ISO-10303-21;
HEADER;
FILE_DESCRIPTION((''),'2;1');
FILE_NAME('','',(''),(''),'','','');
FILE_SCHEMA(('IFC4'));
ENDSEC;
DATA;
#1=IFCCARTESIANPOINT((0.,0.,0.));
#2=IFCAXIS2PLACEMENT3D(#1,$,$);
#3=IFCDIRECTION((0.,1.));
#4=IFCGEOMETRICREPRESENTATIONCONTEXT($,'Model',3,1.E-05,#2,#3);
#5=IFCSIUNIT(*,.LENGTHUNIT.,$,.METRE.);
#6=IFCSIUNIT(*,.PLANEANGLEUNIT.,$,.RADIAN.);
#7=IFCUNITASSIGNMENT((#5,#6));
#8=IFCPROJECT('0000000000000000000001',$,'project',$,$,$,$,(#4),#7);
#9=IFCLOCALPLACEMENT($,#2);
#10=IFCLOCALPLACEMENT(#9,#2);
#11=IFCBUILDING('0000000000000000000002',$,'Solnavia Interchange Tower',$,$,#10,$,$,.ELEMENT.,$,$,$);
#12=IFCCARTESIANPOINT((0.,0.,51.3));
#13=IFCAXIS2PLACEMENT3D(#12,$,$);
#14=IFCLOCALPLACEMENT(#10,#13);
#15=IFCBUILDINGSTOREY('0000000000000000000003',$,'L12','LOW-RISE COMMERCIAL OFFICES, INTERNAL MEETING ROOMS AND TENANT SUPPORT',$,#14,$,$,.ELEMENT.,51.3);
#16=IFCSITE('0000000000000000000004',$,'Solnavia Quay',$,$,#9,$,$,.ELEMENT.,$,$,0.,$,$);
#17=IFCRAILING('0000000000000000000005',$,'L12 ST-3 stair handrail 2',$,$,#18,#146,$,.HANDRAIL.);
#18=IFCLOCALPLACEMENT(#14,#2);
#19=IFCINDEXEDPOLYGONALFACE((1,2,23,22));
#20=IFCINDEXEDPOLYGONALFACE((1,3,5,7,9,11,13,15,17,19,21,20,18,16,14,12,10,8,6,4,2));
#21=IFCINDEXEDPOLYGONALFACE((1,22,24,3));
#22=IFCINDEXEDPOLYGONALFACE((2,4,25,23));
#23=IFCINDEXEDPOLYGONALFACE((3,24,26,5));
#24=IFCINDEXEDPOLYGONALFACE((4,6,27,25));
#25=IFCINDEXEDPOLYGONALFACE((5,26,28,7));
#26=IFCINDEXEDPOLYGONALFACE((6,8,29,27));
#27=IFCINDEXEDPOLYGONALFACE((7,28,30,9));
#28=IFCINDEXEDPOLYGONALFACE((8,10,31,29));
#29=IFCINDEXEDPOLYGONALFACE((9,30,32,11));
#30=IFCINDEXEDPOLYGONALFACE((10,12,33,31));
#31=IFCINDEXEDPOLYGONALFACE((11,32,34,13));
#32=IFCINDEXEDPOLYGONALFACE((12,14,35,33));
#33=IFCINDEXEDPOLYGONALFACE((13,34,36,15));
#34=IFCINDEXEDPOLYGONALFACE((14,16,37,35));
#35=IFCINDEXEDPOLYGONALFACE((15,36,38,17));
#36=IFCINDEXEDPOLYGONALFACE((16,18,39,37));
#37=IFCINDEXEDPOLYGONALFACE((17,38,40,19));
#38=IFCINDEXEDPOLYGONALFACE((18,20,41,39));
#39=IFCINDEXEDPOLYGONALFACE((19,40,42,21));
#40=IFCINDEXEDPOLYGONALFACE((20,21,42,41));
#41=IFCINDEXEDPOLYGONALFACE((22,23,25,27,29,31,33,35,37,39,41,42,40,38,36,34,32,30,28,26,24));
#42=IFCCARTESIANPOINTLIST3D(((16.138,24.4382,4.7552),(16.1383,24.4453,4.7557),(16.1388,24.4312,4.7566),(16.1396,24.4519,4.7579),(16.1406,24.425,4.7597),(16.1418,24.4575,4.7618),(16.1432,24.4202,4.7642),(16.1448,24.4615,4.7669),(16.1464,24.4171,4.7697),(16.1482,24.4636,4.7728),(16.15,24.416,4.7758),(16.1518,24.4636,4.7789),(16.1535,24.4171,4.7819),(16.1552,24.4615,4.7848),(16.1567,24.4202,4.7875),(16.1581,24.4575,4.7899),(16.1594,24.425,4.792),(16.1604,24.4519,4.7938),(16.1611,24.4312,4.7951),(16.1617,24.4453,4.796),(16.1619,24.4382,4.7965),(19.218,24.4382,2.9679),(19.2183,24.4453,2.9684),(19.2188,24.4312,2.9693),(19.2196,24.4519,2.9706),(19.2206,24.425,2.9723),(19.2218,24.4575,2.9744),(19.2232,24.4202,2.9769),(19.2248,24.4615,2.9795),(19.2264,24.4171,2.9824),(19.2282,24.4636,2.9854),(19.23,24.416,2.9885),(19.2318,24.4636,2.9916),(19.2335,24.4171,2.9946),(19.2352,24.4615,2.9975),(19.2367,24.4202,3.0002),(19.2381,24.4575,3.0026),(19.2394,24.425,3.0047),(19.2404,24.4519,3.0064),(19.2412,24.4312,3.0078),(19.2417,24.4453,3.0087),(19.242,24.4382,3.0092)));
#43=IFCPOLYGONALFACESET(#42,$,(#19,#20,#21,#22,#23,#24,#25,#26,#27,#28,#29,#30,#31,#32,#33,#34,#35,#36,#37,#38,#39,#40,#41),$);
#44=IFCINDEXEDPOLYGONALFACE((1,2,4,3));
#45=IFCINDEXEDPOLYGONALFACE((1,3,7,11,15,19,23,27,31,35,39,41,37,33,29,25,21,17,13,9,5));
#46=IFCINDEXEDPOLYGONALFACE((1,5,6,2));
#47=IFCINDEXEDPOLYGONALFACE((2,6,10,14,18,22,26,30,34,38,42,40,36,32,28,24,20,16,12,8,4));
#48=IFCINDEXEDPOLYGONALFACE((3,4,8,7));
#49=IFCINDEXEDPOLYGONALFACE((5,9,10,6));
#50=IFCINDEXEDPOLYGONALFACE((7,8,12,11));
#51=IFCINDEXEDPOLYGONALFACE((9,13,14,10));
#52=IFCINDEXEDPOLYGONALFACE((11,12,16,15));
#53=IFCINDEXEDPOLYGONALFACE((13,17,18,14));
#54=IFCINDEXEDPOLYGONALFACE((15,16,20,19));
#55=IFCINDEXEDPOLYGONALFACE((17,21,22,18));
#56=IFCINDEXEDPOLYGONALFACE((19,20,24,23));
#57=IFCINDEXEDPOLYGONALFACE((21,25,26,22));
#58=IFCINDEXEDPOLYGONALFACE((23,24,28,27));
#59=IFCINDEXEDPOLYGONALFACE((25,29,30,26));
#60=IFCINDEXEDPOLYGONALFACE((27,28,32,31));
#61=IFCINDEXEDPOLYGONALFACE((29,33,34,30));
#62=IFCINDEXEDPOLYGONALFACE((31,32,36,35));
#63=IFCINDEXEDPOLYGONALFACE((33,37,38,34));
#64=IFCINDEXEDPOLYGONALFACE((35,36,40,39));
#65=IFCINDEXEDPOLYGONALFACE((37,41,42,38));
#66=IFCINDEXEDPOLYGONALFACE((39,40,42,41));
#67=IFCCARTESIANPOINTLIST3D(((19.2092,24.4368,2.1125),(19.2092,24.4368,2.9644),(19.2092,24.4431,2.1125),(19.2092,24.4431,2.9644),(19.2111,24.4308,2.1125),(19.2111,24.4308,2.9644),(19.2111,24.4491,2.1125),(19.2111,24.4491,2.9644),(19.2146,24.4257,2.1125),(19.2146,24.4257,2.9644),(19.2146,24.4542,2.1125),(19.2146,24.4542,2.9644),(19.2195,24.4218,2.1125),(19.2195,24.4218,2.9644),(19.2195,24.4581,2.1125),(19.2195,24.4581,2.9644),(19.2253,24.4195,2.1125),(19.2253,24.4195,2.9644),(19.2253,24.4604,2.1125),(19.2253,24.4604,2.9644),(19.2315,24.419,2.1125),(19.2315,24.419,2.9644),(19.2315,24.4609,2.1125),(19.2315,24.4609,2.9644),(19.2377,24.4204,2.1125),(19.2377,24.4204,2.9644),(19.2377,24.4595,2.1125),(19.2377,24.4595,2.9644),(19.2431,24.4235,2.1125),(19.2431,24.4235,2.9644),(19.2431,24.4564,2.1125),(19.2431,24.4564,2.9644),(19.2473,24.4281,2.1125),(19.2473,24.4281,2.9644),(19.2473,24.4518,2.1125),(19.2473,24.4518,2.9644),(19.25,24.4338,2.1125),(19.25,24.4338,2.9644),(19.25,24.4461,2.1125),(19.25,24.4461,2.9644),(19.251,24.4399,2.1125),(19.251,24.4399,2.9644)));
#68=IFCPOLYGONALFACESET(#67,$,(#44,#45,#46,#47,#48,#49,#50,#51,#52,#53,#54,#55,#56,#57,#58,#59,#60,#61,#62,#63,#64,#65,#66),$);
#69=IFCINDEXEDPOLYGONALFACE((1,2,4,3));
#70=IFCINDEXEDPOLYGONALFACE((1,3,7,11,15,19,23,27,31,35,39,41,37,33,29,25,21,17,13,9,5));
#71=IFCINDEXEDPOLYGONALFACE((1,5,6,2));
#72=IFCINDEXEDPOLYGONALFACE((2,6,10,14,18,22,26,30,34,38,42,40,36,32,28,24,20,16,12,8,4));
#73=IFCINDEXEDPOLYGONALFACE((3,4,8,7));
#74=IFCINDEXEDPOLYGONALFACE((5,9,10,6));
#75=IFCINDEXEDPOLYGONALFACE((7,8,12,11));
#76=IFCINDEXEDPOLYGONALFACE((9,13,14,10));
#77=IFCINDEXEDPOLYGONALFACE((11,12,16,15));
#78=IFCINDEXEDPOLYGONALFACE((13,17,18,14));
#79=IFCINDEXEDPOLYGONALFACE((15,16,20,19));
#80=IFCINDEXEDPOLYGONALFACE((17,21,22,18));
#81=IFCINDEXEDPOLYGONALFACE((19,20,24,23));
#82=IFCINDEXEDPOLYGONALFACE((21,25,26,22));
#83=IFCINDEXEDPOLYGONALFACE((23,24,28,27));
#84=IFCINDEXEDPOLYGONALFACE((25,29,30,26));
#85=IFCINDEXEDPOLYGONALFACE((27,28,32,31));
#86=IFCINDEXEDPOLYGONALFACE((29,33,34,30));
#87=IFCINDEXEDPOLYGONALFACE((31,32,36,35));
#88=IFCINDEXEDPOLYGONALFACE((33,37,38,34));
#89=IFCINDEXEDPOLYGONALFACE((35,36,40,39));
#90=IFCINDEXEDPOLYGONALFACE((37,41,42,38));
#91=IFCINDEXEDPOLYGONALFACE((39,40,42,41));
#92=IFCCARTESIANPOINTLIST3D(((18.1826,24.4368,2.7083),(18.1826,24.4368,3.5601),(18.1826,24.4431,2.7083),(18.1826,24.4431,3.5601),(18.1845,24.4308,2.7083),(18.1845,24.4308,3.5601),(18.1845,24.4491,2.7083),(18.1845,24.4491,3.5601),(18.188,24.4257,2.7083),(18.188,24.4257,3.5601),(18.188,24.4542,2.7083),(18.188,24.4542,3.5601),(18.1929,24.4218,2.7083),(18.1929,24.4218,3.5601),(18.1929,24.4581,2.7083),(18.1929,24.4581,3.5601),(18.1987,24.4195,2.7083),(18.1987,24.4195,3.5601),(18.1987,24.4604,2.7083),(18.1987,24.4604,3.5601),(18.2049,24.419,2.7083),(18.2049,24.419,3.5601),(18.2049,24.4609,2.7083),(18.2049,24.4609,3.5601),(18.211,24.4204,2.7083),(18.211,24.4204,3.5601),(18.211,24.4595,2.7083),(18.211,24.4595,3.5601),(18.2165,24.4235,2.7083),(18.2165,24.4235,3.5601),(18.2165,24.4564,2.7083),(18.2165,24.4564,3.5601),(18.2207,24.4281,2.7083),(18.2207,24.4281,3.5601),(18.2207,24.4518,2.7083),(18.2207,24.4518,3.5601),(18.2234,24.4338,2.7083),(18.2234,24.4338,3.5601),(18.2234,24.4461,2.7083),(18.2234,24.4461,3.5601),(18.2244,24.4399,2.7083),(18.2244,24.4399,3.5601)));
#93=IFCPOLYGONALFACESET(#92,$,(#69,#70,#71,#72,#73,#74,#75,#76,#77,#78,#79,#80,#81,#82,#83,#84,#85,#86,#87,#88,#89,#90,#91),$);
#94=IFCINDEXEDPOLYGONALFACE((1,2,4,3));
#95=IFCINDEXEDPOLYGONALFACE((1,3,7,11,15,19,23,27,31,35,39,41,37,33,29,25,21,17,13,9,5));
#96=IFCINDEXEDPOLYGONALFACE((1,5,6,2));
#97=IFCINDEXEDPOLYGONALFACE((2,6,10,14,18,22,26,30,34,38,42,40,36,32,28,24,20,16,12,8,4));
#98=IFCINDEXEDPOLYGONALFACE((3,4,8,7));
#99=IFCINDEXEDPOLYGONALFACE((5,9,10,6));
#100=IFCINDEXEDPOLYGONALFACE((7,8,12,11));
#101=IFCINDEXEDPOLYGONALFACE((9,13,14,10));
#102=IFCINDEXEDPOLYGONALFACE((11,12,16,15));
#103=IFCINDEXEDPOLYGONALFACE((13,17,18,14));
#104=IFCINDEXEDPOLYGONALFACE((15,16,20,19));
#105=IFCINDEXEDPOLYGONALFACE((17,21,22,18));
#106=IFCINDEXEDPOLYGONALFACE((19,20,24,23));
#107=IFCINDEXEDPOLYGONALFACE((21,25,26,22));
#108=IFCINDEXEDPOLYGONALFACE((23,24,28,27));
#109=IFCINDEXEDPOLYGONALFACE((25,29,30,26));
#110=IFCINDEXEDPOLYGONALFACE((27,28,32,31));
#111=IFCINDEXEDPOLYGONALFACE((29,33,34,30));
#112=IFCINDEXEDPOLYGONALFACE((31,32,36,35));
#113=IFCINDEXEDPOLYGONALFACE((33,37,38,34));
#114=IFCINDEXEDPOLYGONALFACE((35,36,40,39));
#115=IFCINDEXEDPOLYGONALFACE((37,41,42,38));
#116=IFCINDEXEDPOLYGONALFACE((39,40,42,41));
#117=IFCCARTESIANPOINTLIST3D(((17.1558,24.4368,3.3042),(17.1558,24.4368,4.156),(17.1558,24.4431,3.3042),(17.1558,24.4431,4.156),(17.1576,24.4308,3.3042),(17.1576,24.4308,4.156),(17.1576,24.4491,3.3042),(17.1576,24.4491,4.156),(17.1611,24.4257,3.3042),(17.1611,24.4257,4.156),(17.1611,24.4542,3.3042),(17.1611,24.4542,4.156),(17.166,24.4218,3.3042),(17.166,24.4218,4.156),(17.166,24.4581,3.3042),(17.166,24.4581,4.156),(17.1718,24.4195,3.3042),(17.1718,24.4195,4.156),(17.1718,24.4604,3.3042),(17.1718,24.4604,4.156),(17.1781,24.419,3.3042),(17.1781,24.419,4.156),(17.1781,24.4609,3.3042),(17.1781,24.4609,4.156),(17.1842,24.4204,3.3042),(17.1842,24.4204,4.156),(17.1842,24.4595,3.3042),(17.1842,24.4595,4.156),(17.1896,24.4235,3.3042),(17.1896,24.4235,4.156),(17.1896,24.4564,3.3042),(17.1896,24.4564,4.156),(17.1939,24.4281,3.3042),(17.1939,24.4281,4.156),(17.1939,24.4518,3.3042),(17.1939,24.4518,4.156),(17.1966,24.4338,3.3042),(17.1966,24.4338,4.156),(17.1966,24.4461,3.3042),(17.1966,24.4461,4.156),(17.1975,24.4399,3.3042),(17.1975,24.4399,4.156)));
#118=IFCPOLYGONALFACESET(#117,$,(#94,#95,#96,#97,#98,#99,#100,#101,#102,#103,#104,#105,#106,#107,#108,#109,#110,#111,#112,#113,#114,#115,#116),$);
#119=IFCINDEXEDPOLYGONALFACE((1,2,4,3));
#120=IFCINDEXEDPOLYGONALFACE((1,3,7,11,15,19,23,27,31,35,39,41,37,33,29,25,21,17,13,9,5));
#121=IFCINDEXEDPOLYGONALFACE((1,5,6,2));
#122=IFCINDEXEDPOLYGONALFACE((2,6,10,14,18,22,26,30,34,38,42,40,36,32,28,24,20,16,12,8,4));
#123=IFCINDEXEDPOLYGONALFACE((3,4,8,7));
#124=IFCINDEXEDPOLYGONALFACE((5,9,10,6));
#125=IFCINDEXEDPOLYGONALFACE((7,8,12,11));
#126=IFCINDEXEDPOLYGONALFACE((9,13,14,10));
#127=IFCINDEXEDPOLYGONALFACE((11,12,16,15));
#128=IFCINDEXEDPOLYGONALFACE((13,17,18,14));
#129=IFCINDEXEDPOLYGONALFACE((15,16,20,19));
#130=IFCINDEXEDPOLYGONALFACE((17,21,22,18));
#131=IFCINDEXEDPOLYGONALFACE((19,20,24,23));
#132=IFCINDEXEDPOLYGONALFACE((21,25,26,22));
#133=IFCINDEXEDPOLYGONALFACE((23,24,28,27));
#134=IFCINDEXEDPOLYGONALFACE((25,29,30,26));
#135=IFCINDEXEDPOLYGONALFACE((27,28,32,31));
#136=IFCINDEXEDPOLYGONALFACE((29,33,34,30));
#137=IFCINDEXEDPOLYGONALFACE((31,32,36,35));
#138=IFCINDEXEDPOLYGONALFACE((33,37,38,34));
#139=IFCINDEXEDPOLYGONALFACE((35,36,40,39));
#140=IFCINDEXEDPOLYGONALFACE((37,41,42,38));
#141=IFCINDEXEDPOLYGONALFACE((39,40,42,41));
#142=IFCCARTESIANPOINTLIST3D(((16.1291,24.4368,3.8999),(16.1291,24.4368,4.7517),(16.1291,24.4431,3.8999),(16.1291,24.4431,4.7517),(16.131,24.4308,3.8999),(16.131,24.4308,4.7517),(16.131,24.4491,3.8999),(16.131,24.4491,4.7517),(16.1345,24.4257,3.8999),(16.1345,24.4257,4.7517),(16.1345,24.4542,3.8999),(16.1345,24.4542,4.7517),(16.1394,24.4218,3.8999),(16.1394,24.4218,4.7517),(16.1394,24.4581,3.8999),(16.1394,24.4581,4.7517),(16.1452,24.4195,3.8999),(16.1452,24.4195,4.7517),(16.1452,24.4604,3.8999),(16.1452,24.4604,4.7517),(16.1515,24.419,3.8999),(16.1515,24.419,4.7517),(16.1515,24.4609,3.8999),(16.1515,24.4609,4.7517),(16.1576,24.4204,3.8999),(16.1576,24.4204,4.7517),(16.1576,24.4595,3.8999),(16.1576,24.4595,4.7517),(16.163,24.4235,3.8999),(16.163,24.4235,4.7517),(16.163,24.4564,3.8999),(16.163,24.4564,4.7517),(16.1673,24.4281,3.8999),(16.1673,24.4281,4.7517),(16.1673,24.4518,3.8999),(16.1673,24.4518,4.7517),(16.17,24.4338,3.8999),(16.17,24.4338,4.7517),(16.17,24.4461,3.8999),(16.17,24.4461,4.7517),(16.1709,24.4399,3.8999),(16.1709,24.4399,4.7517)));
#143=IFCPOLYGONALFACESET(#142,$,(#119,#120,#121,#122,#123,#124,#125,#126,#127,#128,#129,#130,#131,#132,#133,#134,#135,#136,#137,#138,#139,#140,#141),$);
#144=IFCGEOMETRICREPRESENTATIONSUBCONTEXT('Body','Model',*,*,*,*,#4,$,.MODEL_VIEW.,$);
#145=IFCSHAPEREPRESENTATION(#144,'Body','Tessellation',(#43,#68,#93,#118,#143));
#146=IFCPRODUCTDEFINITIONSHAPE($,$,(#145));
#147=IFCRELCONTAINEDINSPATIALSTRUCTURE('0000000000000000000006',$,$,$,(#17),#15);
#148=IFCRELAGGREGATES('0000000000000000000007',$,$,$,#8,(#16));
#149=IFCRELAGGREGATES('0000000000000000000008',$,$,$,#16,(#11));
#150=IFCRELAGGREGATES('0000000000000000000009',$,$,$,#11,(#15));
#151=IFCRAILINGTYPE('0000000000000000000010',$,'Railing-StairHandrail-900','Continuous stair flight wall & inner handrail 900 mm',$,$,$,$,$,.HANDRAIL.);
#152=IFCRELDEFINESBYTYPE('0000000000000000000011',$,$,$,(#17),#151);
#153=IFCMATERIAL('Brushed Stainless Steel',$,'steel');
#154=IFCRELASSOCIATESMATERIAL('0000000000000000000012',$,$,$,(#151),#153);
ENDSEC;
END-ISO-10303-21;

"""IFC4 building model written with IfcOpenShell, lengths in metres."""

from ifc_helpers import new_model, si_unit, direction, frame, origin, origin_2d, place, context, subcontext, project, spatial, circle, extrude, material, type_object, element, save


model = new_model("IFC4")

# Units and contexts
model_context = context("Model", 3, precision=1e-05, world=origin(), true_north=direction((0.0, 1.0)))
body_context = subcontext(model_context, "Body", "Model", "MODEL_VIEW")
ifc_project = project(units=[si_unit("LENGTHUNIT", "METRE"), si_unit("PLANEANGLEUNIT", "RADIAN")], contexts=[model_context])

# Site, building, storey
site_placement = place(None, origin())
site = spatial("IfcSite", under=ifc_project, at=site_placement, Name="Solnavia Quay", CompositionType="ELEMENT", RefElevation=0.0)
building_placement = place(site_placement, origin())
building = spatial("IfcBuilding", under=site, at=building_placement, Name="Solnavia Interchange Tower", CompositionType="ELEMENT")
storey_placement = place(building_placement, frame((0.0, 0.0, 51.3)))
storey = spatial("IfcBuildingStorey", under=building, at=storey_placement, Name="L12", Description="LOW-RISE COMMERCIAL OFFICES, INTERNAL MEETING ROOMS AND TENANT SUPPORT", CompositionType="ELEMENT", Elevation=51.3)

# Railing
ifc_material_1 = material(Name="Brushed Stainless Steel", Category="steel")
railing_type_1 = type_object("IfcRailingType", Name="Railing-StairHandrail-900", Description="Continuous stair flight wall & inner handrail 900 mm", PredefinedType="HANDRAIL", material=ifc_material_1)
railing_1_placement = place(storey_placement, frame((19.23, 24.4399, 2.1125)))
element("IfcRailing", 1, at=railing_1_placement, inside=storey, type_object=railing_type_1, Name="L12 ST-3 stair handrail 2", PredefinedType="HANDRAIL", context=body_context, shape_type="SweptSolid", body=[
    extrude(circle(Radius=0.0239, at=origin_2d()), frame((0.0, 0.0, 0.876), z_axis=(-0.86492, 0.0, 0.501909), x_axis=(0.0, -1.0, 0.0)), (0.0, 0.0, 1.0), 3.561),
    extrude(circle(Radius=0.021, at=origin_2d()), origin(), (0.0, 0.0, 1.0), 0.8518),
    extrude(circle(Radius=0.021, at=origin_2d()), frame((-1.0266, 0.0, 0.5957)), (0.0, 0.0, 1.0), 0.8518),
    extrude(circle(Radius=0.021, at=origin_2d()), frame((-2.0535, 0.0, 1.1917)), (0.0, 0.0, 1.0), 0.8518),
    extrude(circle(Radius=0.021, at=origin_2d()), frame((-3.0801, 0.0, 1.7874)), (0.0, 0.0, 1.0), 0.8518),
])

save(model, "model.ifc")
